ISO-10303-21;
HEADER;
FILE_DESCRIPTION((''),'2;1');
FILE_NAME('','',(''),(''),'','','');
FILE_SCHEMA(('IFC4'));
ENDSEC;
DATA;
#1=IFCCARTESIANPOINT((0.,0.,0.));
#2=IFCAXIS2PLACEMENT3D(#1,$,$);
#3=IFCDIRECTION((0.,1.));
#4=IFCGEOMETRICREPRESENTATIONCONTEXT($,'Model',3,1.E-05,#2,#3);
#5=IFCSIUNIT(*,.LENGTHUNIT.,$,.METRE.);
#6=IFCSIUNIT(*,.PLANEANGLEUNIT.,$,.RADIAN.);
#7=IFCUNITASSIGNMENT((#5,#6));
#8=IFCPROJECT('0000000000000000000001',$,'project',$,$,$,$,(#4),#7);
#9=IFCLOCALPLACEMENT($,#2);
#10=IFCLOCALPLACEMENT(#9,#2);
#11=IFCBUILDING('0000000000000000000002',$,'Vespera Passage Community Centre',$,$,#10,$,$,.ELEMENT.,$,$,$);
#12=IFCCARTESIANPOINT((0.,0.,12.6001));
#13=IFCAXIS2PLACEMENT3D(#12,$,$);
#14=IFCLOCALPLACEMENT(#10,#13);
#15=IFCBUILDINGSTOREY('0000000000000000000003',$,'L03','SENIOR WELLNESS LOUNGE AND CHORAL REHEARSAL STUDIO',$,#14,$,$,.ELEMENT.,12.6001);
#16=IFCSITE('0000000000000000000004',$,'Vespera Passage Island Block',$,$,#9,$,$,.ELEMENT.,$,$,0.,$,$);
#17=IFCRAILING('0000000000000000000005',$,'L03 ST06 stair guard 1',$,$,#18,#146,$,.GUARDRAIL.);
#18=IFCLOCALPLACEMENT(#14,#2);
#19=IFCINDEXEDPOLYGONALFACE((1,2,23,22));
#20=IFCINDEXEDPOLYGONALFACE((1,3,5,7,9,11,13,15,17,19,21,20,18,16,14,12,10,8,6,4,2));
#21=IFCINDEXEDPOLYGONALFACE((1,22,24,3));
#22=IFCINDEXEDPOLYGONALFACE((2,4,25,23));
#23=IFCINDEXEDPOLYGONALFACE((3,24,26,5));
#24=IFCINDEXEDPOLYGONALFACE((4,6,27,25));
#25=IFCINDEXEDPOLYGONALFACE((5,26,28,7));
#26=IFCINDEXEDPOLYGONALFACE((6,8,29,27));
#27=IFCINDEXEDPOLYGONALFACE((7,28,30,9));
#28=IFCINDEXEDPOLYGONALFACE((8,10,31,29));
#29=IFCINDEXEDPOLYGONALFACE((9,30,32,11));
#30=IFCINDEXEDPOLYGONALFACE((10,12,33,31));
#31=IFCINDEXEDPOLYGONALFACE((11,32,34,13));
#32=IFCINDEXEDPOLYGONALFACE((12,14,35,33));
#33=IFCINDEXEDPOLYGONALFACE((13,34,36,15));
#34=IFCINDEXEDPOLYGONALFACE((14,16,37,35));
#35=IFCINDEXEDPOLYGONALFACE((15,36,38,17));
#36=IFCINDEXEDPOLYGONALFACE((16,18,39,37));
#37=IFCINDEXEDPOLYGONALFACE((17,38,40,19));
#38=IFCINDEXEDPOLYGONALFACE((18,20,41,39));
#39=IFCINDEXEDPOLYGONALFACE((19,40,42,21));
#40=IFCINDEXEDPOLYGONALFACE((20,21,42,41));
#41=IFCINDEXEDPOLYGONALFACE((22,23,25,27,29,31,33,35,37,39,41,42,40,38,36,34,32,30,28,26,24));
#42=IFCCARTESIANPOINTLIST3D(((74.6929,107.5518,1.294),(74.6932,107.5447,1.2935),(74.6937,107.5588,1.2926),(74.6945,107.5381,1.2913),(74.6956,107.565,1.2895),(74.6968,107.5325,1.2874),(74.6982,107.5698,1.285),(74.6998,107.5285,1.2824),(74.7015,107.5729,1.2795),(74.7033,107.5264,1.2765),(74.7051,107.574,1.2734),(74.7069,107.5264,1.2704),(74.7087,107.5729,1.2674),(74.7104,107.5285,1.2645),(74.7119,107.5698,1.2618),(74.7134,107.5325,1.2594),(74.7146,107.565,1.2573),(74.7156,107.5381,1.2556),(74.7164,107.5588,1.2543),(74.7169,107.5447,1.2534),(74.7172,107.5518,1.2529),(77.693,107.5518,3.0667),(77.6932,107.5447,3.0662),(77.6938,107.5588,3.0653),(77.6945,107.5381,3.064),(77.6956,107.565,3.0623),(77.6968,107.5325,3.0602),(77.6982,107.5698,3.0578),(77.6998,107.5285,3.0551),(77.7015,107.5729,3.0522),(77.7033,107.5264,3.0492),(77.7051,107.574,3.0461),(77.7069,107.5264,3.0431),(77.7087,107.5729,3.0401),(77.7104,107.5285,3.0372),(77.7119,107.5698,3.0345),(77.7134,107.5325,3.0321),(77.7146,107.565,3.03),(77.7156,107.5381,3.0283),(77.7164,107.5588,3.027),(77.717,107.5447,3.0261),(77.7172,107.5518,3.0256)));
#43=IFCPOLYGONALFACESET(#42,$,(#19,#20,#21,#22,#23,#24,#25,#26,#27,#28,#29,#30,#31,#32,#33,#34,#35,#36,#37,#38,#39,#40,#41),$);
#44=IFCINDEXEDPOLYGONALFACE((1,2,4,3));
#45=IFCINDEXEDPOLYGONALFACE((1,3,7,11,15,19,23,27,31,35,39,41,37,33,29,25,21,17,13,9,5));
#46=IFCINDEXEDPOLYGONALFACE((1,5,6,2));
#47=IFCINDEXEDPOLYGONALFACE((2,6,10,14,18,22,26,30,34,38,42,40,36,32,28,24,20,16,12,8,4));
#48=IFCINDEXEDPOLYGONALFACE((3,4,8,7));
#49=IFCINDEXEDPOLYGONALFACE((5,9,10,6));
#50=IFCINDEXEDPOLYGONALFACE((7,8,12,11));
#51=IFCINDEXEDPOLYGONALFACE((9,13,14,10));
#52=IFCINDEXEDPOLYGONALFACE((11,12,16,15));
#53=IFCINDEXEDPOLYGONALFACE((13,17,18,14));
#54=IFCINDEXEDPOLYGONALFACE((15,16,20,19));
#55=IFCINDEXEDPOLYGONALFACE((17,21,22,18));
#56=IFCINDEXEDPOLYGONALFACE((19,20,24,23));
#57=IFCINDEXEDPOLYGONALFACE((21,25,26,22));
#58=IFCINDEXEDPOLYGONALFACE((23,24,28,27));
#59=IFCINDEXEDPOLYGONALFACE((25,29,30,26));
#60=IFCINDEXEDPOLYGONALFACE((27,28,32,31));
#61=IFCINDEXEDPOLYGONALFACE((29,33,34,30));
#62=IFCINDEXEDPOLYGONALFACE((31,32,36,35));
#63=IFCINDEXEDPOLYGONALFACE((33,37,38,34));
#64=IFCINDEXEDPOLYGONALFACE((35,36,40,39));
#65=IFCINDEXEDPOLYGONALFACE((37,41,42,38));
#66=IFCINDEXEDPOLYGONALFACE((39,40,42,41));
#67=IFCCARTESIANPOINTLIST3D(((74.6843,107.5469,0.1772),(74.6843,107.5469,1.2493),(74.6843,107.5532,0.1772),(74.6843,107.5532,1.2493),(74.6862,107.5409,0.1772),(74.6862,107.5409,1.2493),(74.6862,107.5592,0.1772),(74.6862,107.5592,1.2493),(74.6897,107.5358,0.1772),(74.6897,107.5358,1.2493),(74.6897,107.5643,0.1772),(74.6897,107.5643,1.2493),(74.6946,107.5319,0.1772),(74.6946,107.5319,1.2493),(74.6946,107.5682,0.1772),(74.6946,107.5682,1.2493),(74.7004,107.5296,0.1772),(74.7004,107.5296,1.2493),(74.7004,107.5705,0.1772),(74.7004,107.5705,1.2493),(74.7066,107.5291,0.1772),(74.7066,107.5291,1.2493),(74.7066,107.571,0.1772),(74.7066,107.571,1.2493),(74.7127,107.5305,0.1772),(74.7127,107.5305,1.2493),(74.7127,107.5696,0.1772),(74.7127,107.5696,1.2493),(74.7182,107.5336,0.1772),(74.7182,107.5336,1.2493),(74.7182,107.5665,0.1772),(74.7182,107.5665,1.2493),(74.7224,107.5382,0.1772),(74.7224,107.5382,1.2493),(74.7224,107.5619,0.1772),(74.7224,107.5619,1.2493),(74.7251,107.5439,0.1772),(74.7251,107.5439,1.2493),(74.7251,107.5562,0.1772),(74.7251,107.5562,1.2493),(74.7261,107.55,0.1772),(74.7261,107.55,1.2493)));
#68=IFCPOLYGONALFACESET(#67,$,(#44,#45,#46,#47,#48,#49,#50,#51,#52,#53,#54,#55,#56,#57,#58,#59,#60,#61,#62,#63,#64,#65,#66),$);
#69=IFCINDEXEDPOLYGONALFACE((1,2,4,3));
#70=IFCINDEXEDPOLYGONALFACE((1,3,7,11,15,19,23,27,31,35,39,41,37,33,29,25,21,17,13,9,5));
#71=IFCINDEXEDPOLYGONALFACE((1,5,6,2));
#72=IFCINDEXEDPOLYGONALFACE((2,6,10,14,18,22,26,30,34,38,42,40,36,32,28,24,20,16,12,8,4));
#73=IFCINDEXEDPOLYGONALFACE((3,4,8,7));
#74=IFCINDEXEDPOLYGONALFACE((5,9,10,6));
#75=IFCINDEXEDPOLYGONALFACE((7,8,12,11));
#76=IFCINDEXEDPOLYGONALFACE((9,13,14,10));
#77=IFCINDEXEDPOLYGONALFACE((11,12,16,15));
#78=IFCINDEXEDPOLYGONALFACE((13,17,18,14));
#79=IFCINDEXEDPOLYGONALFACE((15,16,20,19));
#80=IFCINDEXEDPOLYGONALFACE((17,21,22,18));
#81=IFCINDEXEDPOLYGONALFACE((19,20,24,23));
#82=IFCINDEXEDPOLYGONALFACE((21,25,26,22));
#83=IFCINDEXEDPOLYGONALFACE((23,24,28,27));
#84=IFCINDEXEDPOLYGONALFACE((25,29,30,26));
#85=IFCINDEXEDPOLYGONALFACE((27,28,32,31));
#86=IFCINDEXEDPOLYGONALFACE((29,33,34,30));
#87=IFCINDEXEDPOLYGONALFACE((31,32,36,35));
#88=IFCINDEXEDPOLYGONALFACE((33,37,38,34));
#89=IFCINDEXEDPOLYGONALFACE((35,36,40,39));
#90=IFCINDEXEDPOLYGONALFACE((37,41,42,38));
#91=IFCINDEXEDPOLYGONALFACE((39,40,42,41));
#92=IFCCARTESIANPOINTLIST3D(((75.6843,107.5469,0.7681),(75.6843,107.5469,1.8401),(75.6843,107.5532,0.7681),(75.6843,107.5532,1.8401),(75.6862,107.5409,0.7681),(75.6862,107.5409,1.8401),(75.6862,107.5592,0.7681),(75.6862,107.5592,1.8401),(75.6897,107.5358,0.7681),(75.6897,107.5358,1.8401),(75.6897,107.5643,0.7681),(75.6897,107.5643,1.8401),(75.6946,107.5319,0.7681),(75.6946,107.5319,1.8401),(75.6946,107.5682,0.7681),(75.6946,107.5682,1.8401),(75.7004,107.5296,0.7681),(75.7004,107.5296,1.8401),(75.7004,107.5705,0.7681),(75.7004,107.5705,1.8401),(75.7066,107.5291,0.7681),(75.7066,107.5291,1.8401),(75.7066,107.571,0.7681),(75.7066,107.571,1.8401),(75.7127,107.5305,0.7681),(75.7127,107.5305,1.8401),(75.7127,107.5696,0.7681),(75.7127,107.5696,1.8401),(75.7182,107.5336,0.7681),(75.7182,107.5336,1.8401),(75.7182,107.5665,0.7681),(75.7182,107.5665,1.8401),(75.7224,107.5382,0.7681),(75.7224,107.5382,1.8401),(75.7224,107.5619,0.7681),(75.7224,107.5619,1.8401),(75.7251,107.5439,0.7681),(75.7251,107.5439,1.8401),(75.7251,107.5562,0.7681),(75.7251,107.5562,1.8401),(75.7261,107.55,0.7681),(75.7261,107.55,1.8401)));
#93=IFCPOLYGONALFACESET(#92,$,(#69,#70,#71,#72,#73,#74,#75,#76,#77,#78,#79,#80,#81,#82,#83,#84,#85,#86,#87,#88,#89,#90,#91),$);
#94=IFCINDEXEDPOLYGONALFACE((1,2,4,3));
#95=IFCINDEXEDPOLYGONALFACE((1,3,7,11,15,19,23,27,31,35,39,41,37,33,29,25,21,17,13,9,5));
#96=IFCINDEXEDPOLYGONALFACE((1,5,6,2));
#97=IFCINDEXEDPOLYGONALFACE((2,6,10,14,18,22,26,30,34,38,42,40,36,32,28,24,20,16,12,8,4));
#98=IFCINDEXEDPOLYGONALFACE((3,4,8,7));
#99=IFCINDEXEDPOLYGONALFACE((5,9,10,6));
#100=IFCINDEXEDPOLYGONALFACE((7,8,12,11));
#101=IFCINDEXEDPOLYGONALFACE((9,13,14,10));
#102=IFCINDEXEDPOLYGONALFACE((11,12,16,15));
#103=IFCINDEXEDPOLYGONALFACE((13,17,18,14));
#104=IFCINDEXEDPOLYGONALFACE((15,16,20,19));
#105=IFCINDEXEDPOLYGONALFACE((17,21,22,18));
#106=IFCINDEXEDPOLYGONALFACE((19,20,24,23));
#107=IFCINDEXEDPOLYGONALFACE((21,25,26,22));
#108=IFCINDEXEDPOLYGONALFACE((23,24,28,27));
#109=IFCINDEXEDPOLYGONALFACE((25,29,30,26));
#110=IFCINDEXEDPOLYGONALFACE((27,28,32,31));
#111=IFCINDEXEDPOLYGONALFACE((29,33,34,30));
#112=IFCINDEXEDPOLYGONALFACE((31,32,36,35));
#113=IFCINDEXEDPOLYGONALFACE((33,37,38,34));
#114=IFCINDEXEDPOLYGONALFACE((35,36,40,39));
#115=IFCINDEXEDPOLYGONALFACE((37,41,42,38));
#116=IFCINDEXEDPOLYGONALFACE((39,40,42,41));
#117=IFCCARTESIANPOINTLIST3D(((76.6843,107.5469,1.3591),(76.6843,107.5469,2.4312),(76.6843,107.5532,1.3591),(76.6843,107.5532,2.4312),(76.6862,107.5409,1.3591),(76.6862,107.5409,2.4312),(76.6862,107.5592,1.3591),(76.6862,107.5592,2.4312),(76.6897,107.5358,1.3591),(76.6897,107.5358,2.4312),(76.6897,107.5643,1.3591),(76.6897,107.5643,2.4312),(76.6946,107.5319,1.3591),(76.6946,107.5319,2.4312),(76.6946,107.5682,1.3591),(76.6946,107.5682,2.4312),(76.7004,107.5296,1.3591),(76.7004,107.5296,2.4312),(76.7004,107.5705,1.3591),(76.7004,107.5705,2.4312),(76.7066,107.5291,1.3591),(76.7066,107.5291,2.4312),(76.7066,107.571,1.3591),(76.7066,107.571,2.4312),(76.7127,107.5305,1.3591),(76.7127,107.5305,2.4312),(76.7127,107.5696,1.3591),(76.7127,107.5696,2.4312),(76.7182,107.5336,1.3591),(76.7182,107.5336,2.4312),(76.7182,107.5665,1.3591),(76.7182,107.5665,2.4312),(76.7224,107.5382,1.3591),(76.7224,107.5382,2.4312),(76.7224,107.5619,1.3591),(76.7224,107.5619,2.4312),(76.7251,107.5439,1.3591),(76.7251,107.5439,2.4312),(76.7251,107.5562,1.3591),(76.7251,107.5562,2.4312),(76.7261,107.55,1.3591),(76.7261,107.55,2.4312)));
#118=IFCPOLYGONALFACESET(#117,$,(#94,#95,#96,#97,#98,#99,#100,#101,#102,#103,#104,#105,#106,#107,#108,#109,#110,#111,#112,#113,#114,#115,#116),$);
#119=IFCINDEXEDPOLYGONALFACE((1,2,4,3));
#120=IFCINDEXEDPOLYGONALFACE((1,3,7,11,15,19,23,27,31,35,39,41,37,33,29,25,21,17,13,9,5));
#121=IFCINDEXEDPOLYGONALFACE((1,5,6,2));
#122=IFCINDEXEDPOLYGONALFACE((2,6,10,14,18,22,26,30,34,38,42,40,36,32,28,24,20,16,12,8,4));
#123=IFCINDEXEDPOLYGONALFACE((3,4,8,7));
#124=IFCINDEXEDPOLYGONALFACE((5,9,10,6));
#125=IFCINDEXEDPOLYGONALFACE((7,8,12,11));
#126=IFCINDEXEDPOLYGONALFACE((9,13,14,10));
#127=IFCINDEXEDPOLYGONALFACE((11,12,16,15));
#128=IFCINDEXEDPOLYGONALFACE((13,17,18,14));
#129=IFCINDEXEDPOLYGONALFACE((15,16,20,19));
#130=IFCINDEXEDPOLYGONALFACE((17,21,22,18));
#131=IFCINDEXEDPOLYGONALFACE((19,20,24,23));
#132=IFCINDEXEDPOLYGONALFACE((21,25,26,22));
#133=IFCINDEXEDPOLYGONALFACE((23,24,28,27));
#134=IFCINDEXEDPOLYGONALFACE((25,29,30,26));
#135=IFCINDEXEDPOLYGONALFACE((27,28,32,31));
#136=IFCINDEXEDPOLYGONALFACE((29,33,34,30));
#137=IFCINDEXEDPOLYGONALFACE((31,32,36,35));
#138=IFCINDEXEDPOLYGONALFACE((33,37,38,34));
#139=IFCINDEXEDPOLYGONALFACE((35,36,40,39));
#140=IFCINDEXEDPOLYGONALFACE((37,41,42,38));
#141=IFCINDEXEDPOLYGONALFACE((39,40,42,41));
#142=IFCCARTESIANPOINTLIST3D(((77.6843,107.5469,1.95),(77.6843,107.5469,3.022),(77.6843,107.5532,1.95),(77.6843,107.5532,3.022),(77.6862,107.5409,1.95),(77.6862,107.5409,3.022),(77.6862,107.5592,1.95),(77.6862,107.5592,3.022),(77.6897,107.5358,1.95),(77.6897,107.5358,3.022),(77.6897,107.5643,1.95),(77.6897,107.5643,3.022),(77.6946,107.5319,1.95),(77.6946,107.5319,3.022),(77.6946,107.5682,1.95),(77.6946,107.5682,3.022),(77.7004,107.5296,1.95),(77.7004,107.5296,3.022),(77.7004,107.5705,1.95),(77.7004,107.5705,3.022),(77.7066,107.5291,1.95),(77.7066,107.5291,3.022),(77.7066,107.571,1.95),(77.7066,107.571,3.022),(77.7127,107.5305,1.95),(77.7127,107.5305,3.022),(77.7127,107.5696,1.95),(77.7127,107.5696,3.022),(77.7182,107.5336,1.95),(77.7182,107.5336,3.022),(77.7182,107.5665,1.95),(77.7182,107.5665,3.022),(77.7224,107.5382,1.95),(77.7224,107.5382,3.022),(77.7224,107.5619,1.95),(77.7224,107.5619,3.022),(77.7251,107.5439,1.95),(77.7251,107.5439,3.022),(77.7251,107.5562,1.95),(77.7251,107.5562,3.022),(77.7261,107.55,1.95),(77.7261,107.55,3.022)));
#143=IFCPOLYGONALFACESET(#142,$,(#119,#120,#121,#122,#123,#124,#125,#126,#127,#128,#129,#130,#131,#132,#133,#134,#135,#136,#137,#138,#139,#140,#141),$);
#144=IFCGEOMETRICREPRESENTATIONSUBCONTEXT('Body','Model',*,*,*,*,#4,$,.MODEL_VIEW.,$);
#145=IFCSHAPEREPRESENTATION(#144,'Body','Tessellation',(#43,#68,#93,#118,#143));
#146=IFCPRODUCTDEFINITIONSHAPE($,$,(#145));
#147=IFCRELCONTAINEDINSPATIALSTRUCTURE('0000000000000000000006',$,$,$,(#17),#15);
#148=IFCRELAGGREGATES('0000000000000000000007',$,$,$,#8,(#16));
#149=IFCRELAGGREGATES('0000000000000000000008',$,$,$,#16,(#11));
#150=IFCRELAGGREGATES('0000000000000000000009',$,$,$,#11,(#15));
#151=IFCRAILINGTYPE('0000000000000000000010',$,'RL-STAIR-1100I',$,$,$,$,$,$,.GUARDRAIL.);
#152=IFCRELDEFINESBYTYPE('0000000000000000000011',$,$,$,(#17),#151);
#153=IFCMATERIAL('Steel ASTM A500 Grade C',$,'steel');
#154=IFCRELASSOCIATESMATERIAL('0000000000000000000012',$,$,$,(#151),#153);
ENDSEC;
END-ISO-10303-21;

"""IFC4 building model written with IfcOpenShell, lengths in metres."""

from ifc_helpers import new_model, si_unit, direction, frame, origin, origin_2d, place, context, subcontext, project, spatial, circle, extrude, material, type_object, element, save


model = new_model("IFC4")

# Units and contexts
model_context = context("Model", 3, precision=1e-05, world=origin(), true_north=direction((0.0, 1.0)))
body_context = subcontext(model_context, "Body", "Model", "MODEL_VIEW")
ifc_project = project(units=[si_unit("LENGTHUNIT", "METRE"), si_unit("PLANEANGLEUNIT", "RADIAN")], contexts=[model_context])

# Site, building, storey
site_placement = place(None, origin())
site = spatial("IfcSite", under=ifc_project, at=site_placement, Name="Vespera Passage Island Block", CompositionType="ELEMENT", RefElevation=0.0)
building_placement = place(site_placement, origin())
building = spatial("IfcBuilding", under=site, at=building_placement, Name="Vespera Passage Community Centre", CompositionType="ELEMENT")
storey_placement = place(building_placement, frame((0.0, 0.0, 12.6001)))
storey = spatial("IfcBuildingStorey", under=building, at=storey_placement, Name="L03", Description="SENIOR WELLNESS LOUNGE AND CHORAL REHEARSAL STUDIO", CompositionType="ELEMENT", Elevation=12.6001)

# Railing
ifc_material_1 = material(Name="Steel ASTM A500 Grade C", Category="steel")
railing_type_1 = type_object("IfcRailingType", Name="RL-STAIR-1100I", PredefinedType="GUARDRAIL", material=ifc_material_1)
railing_1_placement = place(storey_placement, frame((74.7051, 107.55, 0.1772)))
element("IfcRailing", 1, at=railing_1_placement, inside=storey, type_object=railing_type_1, Name="L03 ST06 stair guard 1", PredefinedType="GUARDRAIL", context=body_context, shape_type="SweptSolid", body=[
    extrude(circle(Radius=0.0239, at=origin_2d()), frame((0.0, 0.0, 1.0962), z_axis=(0.860929, 0.0, 0.508725), x_axis=(0.0, 1.0, 0.0)), (0.0, 0.0, 1.0), 3.4846),
    extrude(circle(Radius=0.021, at=origin_2d()), origin(), (0.0, 0.0, 1.0), 1.072),
    extrude(circle(Radius=0.021, at=origin_2d()), frame((1.0, 0.0, 0.5908)), (0.0, 0.0, 1.0), 1.072),
    extrude(circle(Radius=0.021, at=origin_2d()), frame((2.0, 0.0, 1.1819)), (0.0, 0.0, 1.0), 1.072),
    extrude(circle(Radius=0.021, at=origin_2d()), frame((3.0, 0.0, 1.7727)), (0.0, 0.0, 1.0), 1.072),
])

save(model, "model.ifc")
